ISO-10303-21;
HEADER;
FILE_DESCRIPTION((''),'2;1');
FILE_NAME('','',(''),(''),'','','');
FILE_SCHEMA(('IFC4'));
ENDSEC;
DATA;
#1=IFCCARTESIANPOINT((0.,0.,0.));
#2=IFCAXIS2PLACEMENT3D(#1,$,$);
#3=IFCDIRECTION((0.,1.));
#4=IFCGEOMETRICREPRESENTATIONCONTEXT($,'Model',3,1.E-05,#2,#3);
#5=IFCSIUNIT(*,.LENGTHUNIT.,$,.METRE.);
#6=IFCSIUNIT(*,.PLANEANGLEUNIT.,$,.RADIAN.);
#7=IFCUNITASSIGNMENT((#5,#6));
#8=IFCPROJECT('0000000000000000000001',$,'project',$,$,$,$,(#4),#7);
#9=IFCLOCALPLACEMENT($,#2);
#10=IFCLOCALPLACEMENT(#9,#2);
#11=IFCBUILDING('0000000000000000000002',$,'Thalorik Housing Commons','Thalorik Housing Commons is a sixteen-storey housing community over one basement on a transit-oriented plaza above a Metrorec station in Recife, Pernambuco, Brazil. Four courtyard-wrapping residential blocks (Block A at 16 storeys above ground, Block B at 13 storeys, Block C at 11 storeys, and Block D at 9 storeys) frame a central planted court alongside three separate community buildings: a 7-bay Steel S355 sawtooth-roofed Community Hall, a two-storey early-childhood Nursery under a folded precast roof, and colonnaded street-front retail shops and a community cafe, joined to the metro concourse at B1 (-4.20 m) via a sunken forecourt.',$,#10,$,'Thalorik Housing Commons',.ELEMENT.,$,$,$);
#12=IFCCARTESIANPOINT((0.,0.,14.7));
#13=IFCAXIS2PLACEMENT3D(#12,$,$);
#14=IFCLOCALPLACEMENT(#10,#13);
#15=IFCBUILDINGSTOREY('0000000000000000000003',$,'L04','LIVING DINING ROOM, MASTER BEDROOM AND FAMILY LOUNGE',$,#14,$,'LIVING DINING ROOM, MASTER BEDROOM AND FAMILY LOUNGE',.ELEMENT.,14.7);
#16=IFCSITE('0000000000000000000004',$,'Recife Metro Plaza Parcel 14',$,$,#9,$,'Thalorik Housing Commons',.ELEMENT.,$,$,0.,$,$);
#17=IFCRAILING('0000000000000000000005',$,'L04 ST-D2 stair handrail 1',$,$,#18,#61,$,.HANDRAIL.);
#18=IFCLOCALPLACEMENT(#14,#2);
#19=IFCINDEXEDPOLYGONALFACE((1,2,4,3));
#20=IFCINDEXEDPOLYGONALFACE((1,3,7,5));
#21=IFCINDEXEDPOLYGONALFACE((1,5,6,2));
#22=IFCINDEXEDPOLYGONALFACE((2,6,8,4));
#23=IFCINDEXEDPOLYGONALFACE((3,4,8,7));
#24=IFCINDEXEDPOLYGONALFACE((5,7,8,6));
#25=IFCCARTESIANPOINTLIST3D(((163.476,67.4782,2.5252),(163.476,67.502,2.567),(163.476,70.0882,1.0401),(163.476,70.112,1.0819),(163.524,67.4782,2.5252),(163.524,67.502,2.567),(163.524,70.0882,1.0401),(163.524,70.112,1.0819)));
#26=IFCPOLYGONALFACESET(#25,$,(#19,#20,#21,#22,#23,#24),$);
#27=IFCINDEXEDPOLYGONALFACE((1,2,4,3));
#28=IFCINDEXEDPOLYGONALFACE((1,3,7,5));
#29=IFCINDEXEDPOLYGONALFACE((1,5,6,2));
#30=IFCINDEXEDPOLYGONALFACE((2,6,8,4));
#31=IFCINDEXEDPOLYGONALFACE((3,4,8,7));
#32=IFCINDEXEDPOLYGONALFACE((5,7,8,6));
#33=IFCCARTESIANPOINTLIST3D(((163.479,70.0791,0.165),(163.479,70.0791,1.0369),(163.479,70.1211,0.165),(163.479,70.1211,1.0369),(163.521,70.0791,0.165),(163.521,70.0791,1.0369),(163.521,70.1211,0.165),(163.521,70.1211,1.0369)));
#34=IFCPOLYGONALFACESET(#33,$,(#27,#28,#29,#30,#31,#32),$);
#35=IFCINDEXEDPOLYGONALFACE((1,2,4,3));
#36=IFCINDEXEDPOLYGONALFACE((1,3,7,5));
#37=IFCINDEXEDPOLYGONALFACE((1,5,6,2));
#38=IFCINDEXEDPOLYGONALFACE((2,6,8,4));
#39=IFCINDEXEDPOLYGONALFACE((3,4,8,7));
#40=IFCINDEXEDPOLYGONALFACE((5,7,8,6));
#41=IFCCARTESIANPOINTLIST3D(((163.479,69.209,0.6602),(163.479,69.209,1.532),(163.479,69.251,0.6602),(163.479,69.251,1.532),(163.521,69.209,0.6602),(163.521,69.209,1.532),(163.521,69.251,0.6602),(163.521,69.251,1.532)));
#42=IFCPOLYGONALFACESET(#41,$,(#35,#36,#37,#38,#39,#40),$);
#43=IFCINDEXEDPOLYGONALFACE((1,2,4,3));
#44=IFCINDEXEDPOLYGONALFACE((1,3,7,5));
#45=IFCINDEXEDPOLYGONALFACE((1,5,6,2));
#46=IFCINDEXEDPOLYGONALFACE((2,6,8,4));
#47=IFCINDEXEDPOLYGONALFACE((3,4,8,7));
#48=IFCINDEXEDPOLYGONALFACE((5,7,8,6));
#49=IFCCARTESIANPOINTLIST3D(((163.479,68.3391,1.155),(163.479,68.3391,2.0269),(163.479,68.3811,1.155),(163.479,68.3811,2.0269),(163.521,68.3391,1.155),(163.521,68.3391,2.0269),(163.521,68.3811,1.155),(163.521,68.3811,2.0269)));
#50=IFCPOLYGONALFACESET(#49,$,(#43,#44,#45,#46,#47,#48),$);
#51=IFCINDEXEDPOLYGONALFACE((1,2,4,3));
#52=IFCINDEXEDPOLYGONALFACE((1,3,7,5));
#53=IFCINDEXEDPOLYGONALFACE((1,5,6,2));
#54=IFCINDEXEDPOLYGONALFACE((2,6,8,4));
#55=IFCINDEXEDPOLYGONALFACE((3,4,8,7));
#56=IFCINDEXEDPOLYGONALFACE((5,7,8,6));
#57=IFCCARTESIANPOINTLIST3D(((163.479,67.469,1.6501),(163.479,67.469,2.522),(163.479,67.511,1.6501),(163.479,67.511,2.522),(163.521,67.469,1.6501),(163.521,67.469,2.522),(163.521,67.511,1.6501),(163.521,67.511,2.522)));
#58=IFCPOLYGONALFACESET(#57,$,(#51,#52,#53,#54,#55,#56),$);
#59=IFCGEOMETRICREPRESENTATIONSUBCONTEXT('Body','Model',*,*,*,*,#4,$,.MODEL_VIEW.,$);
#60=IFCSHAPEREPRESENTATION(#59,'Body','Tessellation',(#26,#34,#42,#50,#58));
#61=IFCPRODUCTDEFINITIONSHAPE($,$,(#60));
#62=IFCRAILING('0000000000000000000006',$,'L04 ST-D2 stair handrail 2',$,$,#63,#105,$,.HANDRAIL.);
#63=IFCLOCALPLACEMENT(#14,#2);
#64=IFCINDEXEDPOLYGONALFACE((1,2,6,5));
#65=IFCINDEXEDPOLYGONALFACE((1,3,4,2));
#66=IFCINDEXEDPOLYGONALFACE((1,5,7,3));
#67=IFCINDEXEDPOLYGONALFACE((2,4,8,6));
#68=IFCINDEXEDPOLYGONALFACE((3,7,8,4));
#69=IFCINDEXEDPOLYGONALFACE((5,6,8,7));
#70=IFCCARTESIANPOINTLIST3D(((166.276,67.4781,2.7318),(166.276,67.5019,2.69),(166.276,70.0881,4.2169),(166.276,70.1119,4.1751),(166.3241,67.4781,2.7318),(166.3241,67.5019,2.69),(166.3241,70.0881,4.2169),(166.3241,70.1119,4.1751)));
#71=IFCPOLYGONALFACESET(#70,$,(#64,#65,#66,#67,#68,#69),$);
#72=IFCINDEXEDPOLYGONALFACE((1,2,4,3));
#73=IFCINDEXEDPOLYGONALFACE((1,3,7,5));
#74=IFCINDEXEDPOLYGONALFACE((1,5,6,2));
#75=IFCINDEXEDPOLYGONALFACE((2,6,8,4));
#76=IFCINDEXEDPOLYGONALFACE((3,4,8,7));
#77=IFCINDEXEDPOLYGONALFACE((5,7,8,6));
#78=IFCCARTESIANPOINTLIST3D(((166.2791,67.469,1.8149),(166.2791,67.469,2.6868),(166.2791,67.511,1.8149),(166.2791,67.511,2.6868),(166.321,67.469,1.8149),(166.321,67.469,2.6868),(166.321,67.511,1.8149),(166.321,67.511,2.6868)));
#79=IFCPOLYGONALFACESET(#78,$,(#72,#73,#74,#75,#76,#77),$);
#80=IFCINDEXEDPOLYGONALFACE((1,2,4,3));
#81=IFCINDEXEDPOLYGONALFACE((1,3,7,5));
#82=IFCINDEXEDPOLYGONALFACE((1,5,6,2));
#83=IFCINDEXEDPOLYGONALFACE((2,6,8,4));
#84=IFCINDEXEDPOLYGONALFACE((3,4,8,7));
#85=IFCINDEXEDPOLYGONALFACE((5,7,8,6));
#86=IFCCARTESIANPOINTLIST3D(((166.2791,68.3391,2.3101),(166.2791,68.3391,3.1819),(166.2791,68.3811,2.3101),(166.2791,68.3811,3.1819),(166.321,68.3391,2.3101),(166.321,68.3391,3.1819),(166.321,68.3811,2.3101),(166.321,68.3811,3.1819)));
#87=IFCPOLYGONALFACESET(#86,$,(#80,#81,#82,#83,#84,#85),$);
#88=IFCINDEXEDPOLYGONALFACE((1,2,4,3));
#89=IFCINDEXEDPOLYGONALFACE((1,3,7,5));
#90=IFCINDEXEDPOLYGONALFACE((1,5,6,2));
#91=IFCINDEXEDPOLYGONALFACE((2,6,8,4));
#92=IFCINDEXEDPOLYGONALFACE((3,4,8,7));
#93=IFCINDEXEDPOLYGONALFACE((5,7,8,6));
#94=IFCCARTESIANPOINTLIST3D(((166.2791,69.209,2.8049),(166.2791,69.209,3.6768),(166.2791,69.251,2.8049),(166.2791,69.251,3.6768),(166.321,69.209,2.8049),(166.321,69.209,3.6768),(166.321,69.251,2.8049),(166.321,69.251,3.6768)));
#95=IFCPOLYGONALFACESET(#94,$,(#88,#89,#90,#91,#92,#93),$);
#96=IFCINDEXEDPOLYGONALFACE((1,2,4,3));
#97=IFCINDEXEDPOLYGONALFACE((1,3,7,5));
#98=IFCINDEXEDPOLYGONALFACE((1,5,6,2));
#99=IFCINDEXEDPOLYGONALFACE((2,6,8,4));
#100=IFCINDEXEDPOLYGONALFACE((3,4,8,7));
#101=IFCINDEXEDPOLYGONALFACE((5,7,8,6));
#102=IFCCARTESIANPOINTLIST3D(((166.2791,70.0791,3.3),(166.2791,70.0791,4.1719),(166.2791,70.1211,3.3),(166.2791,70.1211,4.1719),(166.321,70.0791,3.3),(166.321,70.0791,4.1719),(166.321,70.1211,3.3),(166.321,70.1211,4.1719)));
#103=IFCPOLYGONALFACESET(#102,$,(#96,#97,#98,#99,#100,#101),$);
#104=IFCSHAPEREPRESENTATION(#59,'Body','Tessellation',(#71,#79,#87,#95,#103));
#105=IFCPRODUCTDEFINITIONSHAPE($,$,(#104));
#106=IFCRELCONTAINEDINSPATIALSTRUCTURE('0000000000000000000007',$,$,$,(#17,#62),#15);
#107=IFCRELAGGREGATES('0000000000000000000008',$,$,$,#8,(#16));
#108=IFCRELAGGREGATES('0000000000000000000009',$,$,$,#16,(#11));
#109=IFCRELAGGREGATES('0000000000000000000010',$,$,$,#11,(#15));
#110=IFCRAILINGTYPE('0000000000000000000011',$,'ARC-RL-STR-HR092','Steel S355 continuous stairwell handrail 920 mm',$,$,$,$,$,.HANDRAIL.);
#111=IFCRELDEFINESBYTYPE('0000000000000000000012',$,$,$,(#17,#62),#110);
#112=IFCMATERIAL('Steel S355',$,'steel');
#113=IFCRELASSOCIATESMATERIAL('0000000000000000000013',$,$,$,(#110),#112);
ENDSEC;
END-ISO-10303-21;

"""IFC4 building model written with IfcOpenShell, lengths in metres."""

from ifc_helpers import new_model, si_unit, direction, frame, origin, origin_2d, place, context, subcontext, project, spatial, rectangle, extrude, material, type_object, element, save


model = new_model("IFC4")

# Units and contexts
model_context = context("Model", 3, precision=1e-05, world=origin(), true_north=direction((0.0, 1.0)))
body_context = subcontext(model_context, "Body", "Model", "MODEL_VIEW")
ifc_project = project(units=[si_unit("LENGTHUNIT", "METRE"), si_unit("PLANEANGLEUNIT", "RADIAN")], contexts=[model_context])

# Site, building, storey
site_placement = place(None, origin())
site = spatial("IfcSite", under=ifc_project, at=site_placement, Name="Recife Metro Plaza Parcel 14", LongName="Thalorik Housing Commons", CompositionType="ELEMENT", RefElevation=0.0)
building_placement = place(site_placement, origin())
building = spatial("IfcBuilding", under=site, at=building_placement, Name="Thalorik Housing Commons", Description="Thalorik Housing Commons is a sixteen-storey housing community over one basement on a transit-oriented plaza above a Metrorec station in Recife, Pernambuco, Brazil. Four courtyard-wrapping residential blocks (Block A at 16 storeys above ground, Block B at 13 storeys, Block C at 11 storeys, and Block D at 9 storeys) frame a central planted court alongside three separate community buildings: a 7-bay Steel S355 sawtooth-roofed Community Hall, a two-storey early-childhood Nursery under a folded precast roof, and colonnaded street-front retail shops and a community cafe, joined to the metro concourse at B1 (-4.20 m) via a sunken forecourt.", LongName="Thalorik Housing Commons", CompositionType="ELEMENT")
storey_placement = place(building_placement, frame((0.0, 0.0, 14.7)))
storey = spatial("IfcBuildingStorey", under=building, at=storey_placement, Name="L04", Description="LIVING DINING ROOM, MASTER BEDROOM AND FAMILY LOUNGE", LongName="LIVING DINING ROOM, MASTER BEDROOM AND FAMILY LOUNGE", CompositionType="ELEMENT", Elevation=14.7)

# Shared definitions
ifc_material_1 = material(Name="Steel S355", Category="steel")

# Railings
railing_type_1 = type_object("IfcRailingType", Name="ARC-RL-STR-HR092", Description="Steel S355 continuous stairwell handrail 920 mm", PredefinedType="HANDRAIL", material=ifc_material_1)
railing_1_placement = place(storey_placement, frame((163.5, 70.1001, 0.165)))
element("IfcRailing", 1, at=railing_1_placement, inside=storey, type_object=railing_type_1, Name="L04 ST-D2 stair handrail 1", PredefinedType="HANDRAIL", context=body_context, shape_type="SweptSolid", body=[
    extrude(rectangle(XDim=0.0481, YDim=0.0481, at=origin_2d()), frame((0.0, 0.0, 0.896), z_axis=(0.0, -0.869157, 0.494536), x_axis=(1.0, 0.0, 0.0)), (0.0, 0.0, 1.0), 3.0029),
    extrude(rectangle(XDim=0.042, YDim=0.042, at=origin_2d()), origin(), (0.0, 0.0, 1.0), 0.8718),
    extrude(rectangle(XDim=0.042, YDim=0.042, at=origin_2d()), frame((0.0, -0.8701, 0.4951)), (0.0, 0.0, 1.0), 0.8718),
    extrude(rectangle(XDim=0.042, YDim=0.042, at=origin_2d()), frame((0.0, -1.74, 0.99)), (0.0, 0.0, 1.0), 0.8718),
    extrude(rectangle(XDim=0.042, YDim=0.042, at=origin_2d()), frame((0.0, -2.6101, 1.4851)), (0.0, 0.0, 1.0), 0.8718),
])
railing_2_placement = place(storey_placement, frame((166.3, 67.49, 1.8149)))
element("IfcRailing", 2, at=railing_2_placement, inside=storey, type_object=railing_type_1, Name="L04 ST-D2 stair handrail 2", PredefinedType="HANDRAIL", context=body_context, shape_type="SweptSolid", body=[
    extrude(rectangle(XDim=0.0481, YDim=0.0481, at=origin_2d()), frame((0.0, 0.0, 0.896), z_axis=(0.0, 0.869157, 0.494536), x_axis=(-1.0, 0.0, 0.0)), (0.0, 0.0, 1.0), 3.0029),
    extrude(rectangle(XDim=0.042, YDim=0.042, at=origin_2d()), origin(), (0.0, 0.0, 1.0), 0.8718),
    extrude(rectangle(XDim=0.042, YDim=0.042, at=origin_2d()), frame((0.0, 0.8701, 0.4951)), (0.0, 0.0, 1.0), 0.8718),
    extrude(rectangle(XDim=0.042, YDim=0.042, at=origin_2d()), frame((0.0, 1.74, 0.99)), (0.0, 0.0, 1.0), 0.8718),
    extrude(rectangle(XDim=0.042, YDim=0.042, at=origin_2d()), frame((0.0, 2.6101, 1.4851)), (0.0, 0.0, 1.0), 0.8718),
])

save(model, "model.ifc")
